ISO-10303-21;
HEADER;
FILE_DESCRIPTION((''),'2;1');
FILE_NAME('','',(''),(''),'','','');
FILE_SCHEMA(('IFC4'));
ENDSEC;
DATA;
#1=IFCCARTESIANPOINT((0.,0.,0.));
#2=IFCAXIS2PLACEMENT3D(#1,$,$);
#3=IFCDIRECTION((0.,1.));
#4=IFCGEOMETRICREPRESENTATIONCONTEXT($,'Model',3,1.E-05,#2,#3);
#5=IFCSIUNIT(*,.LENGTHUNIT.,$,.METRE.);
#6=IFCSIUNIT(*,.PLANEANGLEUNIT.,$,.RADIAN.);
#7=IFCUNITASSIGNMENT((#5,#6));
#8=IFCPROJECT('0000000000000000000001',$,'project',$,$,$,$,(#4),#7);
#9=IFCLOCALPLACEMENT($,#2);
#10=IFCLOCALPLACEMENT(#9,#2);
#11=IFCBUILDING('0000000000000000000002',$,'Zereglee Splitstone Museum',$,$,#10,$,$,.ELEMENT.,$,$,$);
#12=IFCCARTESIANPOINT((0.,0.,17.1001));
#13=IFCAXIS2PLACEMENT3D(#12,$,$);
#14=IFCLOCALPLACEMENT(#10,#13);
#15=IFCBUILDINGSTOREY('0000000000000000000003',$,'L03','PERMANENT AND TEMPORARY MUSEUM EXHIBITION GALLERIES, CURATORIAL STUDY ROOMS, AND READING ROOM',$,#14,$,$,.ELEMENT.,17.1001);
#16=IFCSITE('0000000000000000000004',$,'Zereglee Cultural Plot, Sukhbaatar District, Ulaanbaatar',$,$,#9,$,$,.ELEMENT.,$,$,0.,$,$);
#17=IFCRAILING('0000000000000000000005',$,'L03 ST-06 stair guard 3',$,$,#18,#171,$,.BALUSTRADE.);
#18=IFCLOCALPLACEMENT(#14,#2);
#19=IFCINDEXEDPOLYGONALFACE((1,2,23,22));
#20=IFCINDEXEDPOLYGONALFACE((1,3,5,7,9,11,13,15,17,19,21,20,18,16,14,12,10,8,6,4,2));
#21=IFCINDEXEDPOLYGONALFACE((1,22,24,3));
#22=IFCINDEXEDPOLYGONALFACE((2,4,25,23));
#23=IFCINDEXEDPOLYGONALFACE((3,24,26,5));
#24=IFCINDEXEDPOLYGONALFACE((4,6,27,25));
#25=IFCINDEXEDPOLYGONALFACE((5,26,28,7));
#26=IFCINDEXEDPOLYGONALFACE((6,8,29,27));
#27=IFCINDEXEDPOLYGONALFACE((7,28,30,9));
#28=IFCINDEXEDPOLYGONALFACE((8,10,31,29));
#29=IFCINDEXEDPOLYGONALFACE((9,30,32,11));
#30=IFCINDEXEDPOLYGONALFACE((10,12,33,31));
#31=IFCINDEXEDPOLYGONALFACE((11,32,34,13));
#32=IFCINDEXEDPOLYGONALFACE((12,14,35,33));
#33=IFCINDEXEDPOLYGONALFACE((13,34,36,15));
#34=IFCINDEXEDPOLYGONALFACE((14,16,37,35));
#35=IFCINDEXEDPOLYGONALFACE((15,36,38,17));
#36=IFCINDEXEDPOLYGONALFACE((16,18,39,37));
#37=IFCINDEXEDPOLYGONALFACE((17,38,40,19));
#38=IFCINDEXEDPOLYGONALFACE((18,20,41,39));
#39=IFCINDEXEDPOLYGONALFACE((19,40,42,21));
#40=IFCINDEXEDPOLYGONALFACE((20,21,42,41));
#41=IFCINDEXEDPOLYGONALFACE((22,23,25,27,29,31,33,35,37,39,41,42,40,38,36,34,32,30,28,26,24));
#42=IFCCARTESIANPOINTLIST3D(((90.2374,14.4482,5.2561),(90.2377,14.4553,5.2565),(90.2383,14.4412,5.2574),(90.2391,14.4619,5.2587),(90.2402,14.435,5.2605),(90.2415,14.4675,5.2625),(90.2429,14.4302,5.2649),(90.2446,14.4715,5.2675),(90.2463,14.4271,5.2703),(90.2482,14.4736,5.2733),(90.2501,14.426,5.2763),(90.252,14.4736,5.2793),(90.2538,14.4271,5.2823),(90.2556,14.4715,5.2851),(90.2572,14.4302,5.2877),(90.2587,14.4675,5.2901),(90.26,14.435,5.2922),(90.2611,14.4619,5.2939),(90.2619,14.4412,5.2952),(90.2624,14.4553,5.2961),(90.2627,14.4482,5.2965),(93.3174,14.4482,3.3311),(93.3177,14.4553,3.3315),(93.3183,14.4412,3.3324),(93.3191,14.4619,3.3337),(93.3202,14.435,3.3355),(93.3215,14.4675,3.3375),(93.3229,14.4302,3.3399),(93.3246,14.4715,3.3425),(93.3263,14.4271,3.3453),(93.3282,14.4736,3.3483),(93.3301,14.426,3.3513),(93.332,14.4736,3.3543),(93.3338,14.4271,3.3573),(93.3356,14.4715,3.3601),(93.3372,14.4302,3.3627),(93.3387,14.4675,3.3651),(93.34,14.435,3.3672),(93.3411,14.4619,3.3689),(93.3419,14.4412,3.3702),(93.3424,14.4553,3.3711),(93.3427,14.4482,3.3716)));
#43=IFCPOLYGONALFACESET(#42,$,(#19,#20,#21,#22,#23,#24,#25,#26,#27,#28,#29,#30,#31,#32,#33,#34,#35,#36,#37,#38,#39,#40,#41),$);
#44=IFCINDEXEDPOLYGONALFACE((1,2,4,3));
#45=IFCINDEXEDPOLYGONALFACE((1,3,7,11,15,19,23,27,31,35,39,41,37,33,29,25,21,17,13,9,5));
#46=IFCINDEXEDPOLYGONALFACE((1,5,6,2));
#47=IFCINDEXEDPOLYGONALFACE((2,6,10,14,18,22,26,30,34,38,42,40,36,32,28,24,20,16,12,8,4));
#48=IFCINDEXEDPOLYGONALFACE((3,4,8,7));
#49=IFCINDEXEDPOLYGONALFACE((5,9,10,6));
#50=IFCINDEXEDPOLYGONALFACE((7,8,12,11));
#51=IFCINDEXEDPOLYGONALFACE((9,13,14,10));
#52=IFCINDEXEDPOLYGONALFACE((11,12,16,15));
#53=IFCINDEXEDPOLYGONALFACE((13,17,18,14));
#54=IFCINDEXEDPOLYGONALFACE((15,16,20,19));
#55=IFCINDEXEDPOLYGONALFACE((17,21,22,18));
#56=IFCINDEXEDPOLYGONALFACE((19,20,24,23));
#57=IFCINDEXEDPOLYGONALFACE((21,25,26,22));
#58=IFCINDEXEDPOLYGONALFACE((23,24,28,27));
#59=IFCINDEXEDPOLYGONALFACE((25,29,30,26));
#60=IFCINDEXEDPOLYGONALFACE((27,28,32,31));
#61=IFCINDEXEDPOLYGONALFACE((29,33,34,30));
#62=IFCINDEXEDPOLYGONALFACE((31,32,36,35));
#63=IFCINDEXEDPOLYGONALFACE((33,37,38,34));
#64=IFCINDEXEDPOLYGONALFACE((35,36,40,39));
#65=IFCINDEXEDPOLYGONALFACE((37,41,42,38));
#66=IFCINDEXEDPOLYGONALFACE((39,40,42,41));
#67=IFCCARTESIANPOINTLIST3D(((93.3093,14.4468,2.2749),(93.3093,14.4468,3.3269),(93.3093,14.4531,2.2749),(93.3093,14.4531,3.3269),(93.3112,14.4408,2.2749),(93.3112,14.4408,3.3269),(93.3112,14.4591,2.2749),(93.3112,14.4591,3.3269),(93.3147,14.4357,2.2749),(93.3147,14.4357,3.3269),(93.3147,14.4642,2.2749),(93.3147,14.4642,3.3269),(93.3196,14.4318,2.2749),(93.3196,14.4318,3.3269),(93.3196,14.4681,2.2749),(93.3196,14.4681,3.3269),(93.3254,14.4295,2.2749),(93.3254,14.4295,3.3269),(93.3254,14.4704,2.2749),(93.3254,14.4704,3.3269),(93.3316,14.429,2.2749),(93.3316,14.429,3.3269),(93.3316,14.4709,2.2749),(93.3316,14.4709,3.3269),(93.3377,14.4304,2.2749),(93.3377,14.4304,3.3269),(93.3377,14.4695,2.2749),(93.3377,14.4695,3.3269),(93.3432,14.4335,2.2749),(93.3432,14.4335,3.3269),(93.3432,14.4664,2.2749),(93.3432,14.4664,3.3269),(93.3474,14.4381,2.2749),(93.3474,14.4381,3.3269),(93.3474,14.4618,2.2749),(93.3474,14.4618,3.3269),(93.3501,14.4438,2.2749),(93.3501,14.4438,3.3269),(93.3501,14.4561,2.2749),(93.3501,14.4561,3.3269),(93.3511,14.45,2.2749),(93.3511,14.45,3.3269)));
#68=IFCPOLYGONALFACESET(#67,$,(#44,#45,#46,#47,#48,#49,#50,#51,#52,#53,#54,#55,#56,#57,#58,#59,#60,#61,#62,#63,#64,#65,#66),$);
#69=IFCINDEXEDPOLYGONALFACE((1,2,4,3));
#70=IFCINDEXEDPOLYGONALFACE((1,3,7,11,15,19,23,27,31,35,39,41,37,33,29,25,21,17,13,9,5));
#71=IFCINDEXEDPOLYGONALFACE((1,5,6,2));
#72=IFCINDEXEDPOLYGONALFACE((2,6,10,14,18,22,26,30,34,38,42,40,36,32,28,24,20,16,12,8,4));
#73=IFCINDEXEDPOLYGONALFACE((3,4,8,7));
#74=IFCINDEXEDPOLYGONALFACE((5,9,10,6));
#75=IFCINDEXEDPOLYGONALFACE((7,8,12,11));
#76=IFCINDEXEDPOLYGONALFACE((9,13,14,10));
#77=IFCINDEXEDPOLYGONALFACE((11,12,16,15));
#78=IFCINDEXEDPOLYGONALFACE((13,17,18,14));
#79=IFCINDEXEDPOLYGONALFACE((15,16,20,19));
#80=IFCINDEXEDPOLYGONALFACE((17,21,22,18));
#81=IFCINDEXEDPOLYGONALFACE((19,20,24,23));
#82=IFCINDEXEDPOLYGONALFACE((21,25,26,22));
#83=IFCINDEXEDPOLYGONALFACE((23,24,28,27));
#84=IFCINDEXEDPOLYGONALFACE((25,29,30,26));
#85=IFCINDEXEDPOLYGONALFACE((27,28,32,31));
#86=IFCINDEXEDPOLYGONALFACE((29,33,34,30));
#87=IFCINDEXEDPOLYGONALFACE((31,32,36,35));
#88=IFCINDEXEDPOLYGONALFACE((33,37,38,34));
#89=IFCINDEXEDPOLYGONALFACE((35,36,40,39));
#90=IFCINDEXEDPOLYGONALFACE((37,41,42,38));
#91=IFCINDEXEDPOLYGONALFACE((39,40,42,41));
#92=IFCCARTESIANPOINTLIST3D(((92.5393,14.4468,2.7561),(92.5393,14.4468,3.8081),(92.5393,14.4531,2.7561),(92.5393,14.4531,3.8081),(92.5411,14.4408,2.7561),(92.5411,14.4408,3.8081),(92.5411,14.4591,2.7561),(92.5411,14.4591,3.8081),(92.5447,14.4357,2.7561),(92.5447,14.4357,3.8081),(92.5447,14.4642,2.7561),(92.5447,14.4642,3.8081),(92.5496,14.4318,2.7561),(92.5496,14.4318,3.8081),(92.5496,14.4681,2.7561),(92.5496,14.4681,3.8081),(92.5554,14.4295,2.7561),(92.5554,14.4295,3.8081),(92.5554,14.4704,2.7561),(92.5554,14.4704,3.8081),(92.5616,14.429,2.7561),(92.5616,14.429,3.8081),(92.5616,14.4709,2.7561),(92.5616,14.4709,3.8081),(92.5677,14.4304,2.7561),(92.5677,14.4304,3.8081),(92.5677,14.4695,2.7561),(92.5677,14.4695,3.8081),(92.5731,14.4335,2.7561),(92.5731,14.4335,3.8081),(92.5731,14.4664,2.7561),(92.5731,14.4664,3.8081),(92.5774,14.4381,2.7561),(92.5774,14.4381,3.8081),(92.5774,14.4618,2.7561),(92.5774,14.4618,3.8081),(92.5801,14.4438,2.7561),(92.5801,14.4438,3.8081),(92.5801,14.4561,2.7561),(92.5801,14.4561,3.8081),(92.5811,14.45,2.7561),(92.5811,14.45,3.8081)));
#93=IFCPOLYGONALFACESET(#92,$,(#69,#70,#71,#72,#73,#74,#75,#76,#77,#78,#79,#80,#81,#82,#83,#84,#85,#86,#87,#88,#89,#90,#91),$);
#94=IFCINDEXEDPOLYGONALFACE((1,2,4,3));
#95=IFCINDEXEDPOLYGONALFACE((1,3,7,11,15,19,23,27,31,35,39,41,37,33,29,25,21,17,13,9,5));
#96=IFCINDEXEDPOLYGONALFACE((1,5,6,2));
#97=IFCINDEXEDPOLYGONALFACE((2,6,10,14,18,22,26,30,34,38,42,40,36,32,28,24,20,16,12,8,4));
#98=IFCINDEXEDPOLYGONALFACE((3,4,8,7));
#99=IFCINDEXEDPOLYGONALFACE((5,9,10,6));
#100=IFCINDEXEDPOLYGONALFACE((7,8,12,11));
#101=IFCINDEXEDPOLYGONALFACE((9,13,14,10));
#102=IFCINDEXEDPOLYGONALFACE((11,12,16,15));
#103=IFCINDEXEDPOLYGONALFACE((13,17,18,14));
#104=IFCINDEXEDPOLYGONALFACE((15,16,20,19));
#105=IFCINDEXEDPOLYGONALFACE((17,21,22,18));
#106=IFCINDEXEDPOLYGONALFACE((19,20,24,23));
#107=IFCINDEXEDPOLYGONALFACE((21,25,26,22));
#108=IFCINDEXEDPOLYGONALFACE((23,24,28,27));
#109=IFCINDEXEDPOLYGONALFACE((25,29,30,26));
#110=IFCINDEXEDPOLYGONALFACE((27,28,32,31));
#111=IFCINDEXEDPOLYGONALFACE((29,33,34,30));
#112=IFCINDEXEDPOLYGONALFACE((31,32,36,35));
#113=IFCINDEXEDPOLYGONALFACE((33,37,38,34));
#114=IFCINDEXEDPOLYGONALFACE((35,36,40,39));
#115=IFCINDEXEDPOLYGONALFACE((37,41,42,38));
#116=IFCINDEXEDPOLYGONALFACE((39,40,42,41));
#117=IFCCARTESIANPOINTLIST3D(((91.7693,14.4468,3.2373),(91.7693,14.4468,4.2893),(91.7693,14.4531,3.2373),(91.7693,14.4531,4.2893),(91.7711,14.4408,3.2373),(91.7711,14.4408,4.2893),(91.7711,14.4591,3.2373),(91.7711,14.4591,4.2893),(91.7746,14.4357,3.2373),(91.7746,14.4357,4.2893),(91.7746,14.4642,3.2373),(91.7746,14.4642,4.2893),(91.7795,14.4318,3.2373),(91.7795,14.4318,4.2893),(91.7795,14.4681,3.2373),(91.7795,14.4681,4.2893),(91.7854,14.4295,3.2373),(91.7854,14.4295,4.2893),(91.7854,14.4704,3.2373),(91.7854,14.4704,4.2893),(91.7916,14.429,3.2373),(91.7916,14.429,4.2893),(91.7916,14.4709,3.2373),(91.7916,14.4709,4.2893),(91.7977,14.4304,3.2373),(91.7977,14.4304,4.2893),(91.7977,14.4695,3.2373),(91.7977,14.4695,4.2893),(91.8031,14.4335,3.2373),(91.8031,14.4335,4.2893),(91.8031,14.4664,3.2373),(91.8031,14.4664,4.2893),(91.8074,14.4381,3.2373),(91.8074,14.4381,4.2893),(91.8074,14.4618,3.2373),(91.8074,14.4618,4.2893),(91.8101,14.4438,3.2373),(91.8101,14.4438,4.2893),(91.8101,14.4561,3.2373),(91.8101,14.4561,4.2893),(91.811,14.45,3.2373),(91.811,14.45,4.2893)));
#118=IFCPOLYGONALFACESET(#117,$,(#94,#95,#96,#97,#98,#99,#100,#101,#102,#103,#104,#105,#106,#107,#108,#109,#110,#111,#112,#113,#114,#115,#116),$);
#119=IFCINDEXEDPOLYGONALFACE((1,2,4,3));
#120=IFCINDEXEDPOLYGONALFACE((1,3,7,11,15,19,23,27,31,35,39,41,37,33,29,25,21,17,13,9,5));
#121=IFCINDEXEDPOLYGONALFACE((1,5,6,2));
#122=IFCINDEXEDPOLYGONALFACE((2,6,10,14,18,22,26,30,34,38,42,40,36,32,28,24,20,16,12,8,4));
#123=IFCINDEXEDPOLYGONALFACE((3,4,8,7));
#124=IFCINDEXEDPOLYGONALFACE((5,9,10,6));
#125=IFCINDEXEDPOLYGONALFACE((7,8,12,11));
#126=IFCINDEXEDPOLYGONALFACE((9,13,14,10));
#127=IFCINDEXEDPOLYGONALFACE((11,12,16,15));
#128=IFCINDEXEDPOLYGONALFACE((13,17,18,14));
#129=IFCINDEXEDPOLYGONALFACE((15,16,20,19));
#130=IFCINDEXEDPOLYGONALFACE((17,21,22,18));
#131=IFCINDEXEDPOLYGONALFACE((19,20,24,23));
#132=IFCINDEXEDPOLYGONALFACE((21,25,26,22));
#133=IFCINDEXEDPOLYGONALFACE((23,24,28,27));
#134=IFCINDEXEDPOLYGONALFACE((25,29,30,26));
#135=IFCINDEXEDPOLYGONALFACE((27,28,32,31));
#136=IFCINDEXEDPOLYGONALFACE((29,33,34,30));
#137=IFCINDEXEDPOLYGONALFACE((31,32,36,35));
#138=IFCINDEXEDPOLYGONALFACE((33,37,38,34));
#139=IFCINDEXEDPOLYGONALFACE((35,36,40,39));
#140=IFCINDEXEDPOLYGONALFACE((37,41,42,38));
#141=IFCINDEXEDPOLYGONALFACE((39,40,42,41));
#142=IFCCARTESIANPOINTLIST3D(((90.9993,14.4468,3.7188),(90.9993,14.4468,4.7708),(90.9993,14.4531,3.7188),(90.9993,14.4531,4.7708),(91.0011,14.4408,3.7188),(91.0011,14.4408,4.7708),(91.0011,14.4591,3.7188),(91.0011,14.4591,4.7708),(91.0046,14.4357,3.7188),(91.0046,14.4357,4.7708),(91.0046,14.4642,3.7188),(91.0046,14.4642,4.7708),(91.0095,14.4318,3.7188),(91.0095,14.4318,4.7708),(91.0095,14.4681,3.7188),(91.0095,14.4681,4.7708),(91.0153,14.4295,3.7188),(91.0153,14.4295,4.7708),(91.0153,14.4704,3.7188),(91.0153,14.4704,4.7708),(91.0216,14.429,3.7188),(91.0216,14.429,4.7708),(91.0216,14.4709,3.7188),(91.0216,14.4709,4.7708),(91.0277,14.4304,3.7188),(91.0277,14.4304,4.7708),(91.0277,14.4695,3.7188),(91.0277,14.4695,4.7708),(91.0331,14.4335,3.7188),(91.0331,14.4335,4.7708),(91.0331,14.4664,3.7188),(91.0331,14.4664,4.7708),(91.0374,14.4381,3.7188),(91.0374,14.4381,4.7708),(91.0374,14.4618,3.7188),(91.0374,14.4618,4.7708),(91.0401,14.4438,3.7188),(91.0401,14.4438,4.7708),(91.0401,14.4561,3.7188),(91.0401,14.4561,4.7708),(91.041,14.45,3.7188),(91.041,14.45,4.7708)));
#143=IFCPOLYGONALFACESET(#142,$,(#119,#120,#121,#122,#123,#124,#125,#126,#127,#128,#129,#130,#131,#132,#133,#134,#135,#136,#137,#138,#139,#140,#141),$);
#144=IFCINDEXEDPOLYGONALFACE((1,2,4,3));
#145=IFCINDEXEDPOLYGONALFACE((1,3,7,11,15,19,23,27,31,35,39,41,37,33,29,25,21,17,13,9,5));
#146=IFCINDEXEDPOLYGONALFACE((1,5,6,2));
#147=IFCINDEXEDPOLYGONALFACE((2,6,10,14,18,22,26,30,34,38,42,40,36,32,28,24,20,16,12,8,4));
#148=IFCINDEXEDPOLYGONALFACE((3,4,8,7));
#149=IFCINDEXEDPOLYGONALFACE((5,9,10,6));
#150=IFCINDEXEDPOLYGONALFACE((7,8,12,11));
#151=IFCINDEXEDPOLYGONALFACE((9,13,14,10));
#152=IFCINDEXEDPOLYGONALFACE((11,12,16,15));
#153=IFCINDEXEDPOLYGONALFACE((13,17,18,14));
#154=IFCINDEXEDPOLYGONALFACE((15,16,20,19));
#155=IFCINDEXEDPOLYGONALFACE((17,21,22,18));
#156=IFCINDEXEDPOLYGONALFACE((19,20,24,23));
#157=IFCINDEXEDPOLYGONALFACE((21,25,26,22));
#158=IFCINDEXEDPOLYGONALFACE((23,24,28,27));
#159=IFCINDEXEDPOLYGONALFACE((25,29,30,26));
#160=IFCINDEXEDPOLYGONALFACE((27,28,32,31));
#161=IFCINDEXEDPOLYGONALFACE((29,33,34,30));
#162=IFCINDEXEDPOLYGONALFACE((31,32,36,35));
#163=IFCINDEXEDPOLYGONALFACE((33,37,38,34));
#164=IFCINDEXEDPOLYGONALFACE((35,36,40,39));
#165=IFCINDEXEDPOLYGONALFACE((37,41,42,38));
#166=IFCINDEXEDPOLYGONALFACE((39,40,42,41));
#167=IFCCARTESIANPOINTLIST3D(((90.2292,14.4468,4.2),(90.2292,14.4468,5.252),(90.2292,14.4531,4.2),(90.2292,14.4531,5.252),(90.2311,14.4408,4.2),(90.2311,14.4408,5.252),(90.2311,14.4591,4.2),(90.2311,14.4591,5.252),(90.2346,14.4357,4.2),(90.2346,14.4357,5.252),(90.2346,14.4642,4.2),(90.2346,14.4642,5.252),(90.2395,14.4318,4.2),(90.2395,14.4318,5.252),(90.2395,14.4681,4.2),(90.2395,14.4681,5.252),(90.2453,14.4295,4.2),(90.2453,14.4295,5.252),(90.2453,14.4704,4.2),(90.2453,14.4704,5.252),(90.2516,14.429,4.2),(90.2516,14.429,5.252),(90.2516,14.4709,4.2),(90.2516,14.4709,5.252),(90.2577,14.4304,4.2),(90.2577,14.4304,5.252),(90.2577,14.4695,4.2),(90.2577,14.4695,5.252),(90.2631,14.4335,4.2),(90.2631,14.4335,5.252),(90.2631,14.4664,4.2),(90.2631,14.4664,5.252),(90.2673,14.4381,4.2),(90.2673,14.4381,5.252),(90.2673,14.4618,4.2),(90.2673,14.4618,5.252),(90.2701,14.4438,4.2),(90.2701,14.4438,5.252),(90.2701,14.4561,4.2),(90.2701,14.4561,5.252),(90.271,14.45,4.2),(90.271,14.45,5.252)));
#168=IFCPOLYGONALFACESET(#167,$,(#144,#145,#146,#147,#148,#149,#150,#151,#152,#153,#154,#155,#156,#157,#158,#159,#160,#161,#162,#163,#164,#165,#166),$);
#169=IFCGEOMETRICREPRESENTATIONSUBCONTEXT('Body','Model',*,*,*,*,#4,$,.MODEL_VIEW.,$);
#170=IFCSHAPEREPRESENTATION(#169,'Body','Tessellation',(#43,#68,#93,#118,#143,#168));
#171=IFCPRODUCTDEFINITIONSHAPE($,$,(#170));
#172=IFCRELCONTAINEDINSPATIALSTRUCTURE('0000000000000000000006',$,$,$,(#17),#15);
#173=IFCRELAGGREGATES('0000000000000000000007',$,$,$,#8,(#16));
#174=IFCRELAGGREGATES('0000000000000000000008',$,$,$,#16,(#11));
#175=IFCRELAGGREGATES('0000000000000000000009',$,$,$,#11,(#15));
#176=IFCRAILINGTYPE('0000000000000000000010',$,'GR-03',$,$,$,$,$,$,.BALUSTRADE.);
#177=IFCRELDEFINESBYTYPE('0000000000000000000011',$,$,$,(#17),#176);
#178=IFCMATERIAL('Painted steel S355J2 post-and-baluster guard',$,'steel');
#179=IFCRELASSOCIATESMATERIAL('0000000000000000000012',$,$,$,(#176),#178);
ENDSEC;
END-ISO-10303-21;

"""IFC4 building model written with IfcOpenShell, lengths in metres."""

from ifc_helpers import new_model, si_unit, direction, frame, origin, origin_2d, place, context, subcontext, project, spatial, circle, extrude, material, type_object, element, save


model = new_model("IFC4")

# Units and contexts
model_context = context("Model", 3, precision=1e-05, world=origin(), true_north=direction((0.0, 1.0)))
body_context = subcontext(model_context, "Body", "Model", "MODEL_VIEW")
ifc_project = project(units=[si_unit("LENGTHUNIT", "METRE"), si_unit("PLANEANGLEUNIT", "RADIAN")], contexts=[model_context])

# Site, building, storey
site_placement = place(None, origin())
site = spatial("IfcSite", under=ifc_project, at=site_placement, Name="Zereglee Cultural Plot, Sukhbaatar District, Ulaanbaatar", CompositionType="ELEMENT", RefElevation=0.0)
building_placement = place(site_placement, origin())
building = spatial("IfcBuilding", under=site, at=building_placement, Name="Zereglee Splitstone Museum", CompositionType="ELEMENT")
storey_placement = place(building_placement, frame((0.0, 0.0, 17.1001)))
storey = spatial("IfcBuildingStorey", under=building, at=storey_placement, Name="L03", Description="PERMANENT AND TEMPORARY MUSEUM EXHIBITION GALLERIES, CURATORIAL STUDY ROOMS, AND READING ROOM", CompositionType="ELEMENT", Elevation=17.1001)

# Railing
ifc_material_1 = material(Name="Painted steel S355J2 post-and-baluster guard", Category="steel")
railing_type_1 = type_object("IfcRailingType", Name="GR-03", PredefinedType="BALUSTRADE", material=ifc_material_1)
railing_1_placement = place(storey_placement, frame((93.3301, 14.45, 2.2749)))
element("IfcRailing", 1, at=railing_1_placement, inside=storey, type_object=railing_type_1, Name="L03 ST-06 stair guard 3", PredefinedType="BALUSTRADE", context=body_context, shape_type="SweptSolid", body=[
    extrude(circle(Radius=0.0239, at=origin_2d()), frame((0.0, 0.0, 1.0764), z_axis=(-0.847998, 0.0, 0.529999), x_axis=(0.0, -1.0, 0.0)), (0.0, 0.0, 1.0), 3.6321),
    extrude(circle(Radius=0.021, at=origin_2d()), origin(), (0.0, 0.0, 1.0), 1.052),
    extrude(circle(Radius=0.021, at=origin_2d()), frame((-0.77, 0.0, 0.4812)), (0.0, 0.0, 1.0), 1.052),
    extrude(circle(Radius=0.021, at=origin_2d()), frame((-1.54, 0.0, 0.9624)), (0.0, 0.0, 1.0), 1.052),
    extrude(circle(Radius=0.021, at=origin_2d()), frame((-2.3101, 0.0, 1.4438)), (0.0, 0.0, 1.0), 1.052),
    extrude(circle(Radius=0.021, at=origin_2d()), frame((-3.0801, 0.0, 1.925)), (0.0, 0.0, 1.0), 1.052),
])

save(model, "model.ifc")
